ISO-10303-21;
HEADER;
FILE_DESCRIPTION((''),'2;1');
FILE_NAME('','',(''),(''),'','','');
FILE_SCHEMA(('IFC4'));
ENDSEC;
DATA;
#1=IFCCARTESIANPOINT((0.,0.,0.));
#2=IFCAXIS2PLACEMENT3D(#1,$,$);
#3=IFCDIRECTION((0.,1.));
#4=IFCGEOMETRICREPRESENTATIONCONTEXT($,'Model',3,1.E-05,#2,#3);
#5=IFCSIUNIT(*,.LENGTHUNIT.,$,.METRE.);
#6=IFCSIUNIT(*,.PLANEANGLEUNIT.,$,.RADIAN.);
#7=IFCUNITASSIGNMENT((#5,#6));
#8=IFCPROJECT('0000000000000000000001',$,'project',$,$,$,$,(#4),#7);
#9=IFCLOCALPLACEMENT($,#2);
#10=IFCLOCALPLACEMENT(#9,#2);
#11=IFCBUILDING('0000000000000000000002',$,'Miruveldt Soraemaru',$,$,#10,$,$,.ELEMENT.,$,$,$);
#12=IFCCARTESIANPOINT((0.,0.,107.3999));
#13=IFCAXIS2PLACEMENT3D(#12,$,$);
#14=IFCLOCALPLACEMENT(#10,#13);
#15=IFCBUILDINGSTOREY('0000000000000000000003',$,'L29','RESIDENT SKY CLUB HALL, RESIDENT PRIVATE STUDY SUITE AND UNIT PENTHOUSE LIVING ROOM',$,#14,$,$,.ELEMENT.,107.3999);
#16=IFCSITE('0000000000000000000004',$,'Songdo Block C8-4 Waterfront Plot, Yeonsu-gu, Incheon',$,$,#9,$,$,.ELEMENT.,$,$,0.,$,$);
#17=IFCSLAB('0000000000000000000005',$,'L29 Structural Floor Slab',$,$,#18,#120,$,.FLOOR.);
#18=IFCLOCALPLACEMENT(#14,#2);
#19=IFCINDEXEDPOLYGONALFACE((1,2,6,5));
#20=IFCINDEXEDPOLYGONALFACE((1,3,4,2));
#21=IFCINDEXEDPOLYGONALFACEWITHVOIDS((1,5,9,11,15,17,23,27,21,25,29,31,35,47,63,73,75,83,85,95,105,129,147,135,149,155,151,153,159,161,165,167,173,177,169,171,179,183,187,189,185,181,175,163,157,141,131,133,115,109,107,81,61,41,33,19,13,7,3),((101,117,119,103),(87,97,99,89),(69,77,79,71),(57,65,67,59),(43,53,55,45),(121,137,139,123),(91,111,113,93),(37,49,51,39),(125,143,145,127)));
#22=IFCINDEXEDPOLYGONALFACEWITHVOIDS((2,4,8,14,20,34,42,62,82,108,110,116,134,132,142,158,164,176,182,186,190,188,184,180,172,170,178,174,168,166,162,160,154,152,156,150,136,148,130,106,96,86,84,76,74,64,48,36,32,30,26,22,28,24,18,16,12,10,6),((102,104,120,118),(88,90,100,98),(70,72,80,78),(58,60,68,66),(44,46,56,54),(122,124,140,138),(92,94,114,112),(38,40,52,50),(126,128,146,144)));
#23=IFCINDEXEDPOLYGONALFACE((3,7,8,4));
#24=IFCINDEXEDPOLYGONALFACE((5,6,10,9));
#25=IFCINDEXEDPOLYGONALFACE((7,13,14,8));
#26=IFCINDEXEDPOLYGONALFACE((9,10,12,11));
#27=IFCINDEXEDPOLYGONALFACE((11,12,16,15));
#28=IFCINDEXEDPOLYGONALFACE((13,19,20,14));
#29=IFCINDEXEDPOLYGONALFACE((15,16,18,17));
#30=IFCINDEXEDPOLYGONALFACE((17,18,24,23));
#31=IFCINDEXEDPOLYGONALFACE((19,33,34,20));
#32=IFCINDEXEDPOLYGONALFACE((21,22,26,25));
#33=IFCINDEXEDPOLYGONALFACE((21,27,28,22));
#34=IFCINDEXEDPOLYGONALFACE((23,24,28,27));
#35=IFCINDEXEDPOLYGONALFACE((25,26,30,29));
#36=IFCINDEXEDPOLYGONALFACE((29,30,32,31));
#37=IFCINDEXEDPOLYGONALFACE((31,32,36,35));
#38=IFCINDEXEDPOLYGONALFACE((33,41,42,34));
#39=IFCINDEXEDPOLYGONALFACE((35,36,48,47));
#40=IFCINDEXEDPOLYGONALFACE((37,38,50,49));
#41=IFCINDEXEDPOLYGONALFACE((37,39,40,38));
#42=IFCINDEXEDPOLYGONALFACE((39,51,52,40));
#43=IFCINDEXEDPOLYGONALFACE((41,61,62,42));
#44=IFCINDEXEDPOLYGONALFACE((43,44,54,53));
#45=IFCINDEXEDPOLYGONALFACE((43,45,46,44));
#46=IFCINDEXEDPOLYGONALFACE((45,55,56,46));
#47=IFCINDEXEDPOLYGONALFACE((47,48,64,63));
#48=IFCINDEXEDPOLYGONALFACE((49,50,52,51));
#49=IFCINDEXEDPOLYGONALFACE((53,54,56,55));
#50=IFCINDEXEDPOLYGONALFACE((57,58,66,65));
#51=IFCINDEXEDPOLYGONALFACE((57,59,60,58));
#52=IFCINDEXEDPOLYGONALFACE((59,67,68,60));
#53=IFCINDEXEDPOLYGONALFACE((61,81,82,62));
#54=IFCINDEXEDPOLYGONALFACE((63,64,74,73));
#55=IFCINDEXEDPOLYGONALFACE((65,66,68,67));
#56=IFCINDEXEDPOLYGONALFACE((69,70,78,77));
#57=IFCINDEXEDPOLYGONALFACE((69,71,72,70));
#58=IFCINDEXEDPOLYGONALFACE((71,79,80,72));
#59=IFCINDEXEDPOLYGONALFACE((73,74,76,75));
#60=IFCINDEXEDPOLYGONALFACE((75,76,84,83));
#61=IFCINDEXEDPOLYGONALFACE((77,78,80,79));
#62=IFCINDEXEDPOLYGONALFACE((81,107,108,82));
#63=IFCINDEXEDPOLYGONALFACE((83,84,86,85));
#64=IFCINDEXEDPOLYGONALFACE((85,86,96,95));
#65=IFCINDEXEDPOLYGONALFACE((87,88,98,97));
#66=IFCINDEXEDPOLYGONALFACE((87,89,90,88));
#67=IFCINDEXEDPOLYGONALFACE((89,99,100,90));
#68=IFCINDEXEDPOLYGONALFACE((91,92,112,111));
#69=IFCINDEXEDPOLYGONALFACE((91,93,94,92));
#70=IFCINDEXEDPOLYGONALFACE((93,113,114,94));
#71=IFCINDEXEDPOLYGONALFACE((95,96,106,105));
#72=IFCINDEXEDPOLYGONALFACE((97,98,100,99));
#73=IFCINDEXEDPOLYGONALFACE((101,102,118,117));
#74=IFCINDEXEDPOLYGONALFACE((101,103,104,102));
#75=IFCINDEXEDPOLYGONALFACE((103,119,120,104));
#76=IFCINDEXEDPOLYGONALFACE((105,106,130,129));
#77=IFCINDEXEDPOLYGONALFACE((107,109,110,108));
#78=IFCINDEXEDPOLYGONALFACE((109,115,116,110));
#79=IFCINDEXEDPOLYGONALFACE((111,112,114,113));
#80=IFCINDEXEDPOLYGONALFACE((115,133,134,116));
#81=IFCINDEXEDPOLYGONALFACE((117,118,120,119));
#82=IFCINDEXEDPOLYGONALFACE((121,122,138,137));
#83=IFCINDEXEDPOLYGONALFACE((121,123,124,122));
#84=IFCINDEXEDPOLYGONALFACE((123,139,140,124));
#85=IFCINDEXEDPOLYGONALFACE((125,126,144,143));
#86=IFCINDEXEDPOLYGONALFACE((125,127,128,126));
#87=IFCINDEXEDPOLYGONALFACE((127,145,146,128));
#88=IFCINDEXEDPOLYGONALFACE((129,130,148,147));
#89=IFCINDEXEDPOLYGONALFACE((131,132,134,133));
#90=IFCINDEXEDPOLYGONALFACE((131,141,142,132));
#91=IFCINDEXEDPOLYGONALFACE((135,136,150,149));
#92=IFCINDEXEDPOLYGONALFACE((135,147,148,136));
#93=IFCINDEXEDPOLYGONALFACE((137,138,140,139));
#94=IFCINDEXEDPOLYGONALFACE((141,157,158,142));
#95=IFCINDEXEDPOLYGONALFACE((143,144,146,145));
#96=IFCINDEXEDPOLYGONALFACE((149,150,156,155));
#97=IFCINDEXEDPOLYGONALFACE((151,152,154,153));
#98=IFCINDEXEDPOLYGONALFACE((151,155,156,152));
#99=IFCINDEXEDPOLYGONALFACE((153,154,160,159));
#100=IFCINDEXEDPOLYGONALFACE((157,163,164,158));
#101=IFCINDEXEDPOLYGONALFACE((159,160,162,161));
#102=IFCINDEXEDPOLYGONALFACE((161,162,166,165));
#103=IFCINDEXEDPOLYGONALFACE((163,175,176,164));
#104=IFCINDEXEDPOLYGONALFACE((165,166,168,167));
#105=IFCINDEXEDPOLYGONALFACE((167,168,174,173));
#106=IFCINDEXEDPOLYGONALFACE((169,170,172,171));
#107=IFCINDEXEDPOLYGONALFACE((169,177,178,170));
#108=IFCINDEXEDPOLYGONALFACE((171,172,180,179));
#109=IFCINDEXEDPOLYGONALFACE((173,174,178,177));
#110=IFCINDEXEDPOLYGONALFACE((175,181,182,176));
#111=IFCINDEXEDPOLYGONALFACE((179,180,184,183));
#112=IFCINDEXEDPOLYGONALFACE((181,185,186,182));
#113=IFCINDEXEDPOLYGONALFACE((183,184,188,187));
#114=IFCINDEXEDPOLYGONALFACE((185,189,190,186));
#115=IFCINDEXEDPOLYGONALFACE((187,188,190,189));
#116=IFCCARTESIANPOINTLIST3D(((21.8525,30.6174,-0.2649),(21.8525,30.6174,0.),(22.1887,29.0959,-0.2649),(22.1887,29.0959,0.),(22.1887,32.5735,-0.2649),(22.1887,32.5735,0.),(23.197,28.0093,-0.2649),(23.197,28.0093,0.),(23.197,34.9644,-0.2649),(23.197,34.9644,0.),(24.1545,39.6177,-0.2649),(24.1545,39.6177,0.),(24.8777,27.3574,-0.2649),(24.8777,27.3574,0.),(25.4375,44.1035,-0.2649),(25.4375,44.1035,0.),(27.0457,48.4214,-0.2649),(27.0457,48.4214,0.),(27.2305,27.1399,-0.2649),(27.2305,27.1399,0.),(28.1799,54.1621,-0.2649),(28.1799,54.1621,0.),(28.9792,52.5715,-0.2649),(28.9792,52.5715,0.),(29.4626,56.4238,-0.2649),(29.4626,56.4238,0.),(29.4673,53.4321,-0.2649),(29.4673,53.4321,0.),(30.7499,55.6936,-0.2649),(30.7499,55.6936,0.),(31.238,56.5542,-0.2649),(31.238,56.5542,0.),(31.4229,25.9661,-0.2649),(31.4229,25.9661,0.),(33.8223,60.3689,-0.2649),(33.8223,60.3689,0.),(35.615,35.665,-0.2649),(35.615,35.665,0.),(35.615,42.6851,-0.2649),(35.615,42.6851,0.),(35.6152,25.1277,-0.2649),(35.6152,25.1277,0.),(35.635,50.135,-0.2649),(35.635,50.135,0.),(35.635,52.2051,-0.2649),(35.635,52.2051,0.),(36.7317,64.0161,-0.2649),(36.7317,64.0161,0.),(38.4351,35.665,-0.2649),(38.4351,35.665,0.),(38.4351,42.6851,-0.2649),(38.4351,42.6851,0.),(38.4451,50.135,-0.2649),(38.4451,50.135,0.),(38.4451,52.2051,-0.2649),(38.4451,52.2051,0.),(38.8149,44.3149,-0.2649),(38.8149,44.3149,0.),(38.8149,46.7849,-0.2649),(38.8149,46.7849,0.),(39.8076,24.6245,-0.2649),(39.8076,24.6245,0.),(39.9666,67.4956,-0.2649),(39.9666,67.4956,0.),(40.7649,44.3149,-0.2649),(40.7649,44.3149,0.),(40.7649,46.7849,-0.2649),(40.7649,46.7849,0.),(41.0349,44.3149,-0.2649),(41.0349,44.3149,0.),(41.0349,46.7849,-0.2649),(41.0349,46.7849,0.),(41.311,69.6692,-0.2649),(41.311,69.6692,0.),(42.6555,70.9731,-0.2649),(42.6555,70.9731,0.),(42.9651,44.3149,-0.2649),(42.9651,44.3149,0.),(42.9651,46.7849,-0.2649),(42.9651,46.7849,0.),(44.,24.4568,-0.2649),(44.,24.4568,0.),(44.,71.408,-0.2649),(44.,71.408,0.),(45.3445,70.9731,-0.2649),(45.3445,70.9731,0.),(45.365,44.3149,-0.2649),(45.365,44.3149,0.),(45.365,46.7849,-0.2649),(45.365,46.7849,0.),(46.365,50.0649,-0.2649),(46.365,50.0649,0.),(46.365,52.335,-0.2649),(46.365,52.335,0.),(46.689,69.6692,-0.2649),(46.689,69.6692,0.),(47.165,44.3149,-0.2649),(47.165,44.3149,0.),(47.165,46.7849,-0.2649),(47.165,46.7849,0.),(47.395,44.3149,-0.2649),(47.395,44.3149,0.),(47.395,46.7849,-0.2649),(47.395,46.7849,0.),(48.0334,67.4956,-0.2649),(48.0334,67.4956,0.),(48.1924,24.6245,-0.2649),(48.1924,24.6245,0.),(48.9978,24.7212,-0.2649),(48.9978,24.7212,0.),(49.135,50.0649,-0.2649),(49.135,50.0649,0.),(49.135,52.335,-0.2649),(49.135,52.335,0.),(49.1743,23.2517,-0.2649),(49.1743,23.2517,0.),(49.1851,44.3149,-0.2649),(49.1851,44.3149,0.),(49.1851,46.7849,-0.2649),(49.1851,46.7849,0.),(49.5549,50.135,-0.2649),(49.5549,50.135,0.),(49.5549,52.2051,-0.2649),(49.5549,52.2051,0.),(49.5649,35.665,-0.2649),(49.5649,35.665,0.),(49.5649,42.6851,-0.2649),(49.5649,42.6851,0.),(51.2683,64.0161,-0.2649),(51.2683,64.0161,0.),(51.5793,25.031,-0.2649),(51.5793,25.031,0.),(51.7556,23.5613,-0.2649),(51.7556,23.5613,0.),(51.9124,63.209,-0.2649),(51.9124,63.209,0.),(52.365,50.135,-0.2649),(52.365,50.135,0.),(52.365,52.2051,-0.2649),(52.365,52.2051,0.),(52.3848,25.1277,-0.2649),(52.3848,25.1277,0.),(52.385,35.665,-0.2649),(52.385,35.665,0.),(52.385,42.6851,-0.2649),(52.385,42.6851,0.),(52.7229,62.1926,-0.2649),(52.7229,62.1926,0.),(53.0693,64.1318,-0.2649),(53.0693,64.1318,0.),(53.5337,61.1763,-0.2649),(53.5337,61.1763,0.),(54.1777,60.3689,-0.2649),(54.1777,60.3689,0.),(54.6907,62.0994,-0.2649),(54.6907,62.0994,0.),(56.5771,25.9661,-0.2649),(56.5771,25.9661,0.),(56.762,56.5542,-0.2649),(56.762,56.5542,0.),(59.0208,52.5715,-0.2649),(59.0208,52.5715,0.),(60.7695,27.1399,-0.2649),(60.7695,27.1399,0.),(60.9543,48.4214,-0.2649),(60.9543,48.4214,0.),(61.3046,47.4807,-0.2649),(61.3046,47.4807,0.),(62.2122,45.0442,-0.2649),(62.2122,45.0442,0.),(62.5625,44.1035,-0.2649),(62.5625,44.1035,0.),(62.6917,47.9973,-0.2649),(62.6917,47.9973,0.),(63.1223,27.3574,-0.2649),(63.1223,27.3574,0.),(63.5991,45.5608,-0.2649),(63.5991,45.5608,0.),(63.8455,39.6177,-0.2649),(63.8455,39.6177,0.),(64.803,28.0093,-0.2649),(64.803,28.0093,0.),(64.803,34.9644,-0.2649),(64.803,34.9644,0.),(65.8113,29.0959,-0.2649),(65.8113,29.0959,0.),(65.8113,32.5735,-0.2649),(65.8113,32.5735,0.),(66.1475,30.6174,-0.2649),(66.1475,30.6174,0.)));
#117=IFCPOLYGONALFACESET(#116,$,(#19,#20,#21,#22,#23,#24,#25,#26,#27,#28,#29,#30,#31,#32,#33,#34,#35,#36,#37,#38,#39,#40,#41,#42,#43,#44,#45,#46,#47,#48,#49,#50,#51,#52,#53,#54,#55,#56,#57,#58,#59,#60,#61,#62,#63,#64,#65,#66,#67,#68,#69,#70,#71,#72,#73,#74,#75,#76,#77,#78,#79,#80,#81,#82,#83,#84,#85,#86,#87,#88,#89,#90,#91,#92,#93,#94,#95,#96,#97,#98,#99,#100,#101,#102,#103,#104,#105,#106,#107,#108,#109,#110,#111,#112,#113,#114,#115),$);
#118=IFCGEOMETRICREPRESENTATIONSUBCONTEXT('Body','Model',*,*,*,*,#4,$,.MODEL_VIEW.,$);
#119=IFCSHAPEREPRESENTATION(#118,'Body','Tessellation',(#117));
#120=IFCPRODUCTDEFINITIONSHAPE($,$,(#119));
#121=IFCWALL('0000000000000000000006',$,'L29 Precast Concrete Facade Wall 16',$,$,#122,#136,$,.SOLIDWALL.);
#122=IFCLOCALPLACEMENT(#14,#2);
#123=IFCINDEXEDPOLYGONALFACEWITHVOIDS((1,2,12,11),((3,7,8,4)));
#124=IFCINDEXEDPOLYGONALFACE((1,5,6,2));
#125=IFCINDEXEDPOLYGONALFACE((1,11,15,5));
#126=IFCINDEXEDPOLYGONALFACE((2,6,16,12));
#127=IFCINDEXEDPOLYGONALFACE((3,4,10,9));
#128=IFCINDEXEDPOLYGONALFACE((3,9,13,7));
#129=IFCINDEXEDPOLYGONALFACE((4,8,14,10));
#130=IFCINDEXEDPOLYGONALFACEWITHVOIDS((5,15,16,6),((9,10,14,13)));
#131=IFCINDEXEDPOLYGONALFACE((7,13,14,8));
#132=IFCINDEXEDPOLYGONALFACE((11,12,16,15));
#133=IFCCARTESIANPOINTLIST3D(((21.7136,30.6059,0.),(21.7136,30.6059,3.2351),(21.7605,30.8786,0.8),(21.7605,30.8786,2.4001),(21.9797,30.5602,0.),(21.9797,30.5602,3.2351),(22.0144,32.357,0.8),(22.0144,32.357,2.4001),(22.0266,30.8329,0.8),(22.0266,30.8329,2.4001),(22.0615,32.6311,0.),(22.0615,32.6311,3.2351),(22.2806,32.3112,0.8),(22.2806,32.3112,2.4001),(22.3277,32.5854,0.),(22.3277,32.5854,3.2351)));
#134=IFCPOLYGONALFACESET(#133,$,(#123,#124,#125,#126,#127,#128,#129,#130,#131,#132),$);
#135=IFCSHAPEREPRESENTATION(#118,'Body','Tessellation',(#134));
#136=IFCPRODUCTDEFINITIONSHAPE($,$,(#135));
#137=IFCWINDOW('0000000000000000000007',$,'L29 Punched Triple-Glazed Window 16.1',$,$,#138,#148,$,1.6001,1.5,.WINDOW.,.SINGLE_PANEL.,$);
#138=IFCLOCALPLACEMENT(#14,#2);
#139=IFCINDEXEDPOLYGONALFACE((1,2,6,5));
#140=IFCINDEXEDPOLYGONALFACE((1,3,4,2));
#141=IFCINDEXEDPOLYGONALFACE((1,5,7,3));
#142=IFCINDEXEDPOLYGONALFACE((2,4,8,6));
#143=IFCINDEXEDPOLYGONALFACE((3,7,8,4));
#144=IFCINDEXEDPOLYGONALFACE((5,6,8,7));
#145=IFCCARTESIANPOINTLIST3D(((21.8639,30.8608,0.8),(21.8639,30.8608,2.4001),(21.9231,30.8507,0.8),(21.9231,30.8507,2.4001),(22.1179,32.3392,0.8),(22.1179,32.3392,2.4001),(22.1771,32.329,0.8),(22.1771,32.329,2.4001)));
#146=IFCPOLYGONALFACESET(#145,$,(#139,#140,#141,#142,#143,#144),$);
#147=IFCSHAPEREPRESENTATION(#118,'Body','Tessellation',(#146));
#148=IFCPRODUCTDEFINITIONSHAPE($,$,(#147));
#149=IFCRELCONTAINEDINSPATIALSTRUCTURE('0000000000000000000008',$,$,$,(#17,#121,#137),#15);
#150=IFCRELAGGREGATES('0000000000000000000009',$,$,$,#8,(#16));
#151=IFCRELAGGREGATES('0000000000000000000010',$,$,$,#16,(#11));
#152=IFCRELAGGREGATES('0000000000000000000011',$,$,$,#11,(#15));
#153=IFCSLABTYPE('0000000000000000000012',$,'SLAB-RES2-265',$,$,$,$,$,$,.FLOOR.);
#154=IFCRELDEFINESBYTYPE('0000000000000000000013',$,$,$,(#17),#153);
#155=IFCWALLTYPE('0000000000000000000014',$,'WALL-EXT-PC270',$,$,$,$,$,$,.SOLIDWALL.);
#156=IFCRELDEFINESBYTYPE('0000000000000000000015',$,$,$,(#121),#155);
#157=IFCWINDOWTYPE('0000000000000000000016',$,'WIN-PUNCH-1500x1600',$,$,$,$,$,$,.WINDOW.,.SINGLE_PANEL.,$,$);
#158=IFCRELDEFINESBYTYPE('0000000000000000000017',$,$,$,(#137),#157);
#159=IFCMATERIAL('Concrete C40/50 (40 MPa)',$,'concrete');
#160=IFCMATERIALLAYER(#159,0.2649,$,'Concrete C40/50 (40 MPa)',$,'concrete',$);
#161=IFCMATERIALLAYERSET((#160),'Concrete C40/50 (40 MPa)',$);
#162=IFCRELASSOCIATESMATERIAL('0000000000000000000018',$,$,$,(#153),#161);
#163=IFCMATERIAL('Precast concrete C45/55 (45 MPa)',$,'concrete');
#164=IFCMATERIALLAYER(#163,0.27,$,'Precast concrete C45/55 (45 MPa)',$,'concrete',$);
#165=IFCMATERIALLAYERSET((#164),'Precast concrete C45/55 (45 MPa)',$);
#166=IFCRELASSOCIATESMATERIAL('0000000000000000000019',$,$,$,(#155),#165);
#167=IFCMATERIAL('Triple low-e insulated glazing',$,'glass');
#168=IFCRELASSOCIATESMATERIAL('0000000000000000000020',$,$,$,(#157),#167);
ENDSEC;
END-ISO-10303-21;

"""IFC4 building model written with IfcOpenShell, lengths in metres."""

from ifc_helpers import new_model, si_unit, direction, frame, frame_2d, origin, place, context, subcontext, project, spatial, polyline, rectangle, outline, extrude, material, layer, layer_set, type_object, element, fill, save


model = new_model("IFC4")

# Units and contexts
model_context = context("Model", 3, precision=1e-05, world=origin(), true_north=direction((0.0, 1.0)))
body_context = subcontext(model_context, "Body", "Model", "MODEL_VIEW")
ifc_project = project(units=[si_unit("LENGTHUNIT", "METRE"), si_unit("PLANEANGLEUNIT", "RADIAN")], contexts=[model_context])

# Site, building, storey
site_placement = place(None, origin())
site = spatial("IfcSite", under=ifc_project, at=site_placement, Name="Songdo Block C8-4 Waterfront Plot, Yeonsu-gu, Incheon", CompositionType="ELEMENT", RefElevation=0.0)
building_placement = place(site_placement, origin())
building = spatial("IfcBuilding", under=site, at=building_placement, Name="Miruveldt Soraemaru", CompositionType="ELEMENT")
storey_placement = place(building_placement, frame((0.0, 0.0, 107.3999)))
storey = spatial("IfcBuildingStorey", under=building, at=storey_placement, Name="L29", Description="RESIDENT SKY CLUB HALL, RESIDENT PRIVATE STUDY SUITE AND UNIT PENTHOUSE LIVING ROOM", CompositionType="ELEMENT", Elevation=107.3999)

# Shared definitions
ifc_material_1 = material(Name="Concrete C40/50 (40 MPa)", Category="concrete")

# Slab
ifc_layer_1 = layer(ifc_material_1, 0.2649, Name="Concrete C40/50 (40 MPa)", Category="concrete")
ifc_layer_set_1 = layer_set([ifc_layer_1], Name="Concrete C40/50 (40 MPa)")
slab_type_1 = type_object("IfcSlabType", Name="SLAB-RES2-265", PredefinedType="FLOOR", material=ifc_layer_set_1)
slab_1_placement = place(storey_placement, frame((0.0, 0.0, -0.2649)))
element("IfcSlab", 1, at=slab_1_placement, inside=storey, type_object=slab_type_1, Name="L29 Structural Floor Slab", PredefinedType="FLOOR", context=body_context, shape_type="SweptSolid", body=[
    extrude(outline(polyline([(49.1743, 23.2517), (48.9978, 24.7212), (48.1924, 24.6245), (44.0, 24.4568), (39.8076, 24.6245), (35.6152, 25.1277), (31.4229, 25.9661), (27.2305, 27.1399), (24.8777, 27.3574), (23.197, 28.0093), (22.1887, 29.0959), (21.8525, 30.6174), (22.1887, 32.5735), (23.197, 34.9644), (24.1545, 39.6177), (25.4375, 44.1035), (27.0457, 48.4214), (28.9792, 52.5715), (29.4673, 53.4321), (28.1799, 54.1621), (29.4626, 56.4238), (30.75, 55.6936), (30.1086, 54.563), (31.238, 56.5542), (33.8223, 60.3689), (36.7317, 64.0161), (39.9666, 67.4956), (41.311, 69.6692), (42.6555, 70.9731), (44.0, 71.408), (45.3445, 70.9731), (46.689, 69.6692), (48.0334, 67.4956), (51.2683, 64.0161), (52.7229, 62.1926), (51.9124, 63.209), (53.0693, 64.1318), (54.6907, 62.0994), (53.5337, 61.1763), (54.1777, 60.3689), (56.762, 56.5542), (59.0208, 52.5715), (60.9543, 48.4214), (61.7583, 46.2625), (61.3047, 47.4807), (62.6917, 47.9973), (63.5991, 45.5608), (62.2122, 45.0442), (62.5625, 44.1035), (63.8455, 39.6177), (64.803, 34.9644), (65.8113, 32.5735), (66.1475, 30.6174), (65.8113, 29.0959), (64.803, 28.0093), (63.1223, 27.3574), (60.7695, 27.1399), (56.5771, 25.9661), (52.3848, 25.1277), (50.2886, 24.876), (51.5793, 25.031), (51.7556, 23.5613), (49.1743, 23.2517)]), holes=[polyline([(35.615, 35.665), (38.4351, 35.665), (38.4351, 42.6851), (35.615, 42.6851), (35.615, 35.665)]), polyline([(49.5649, 35.665), (52.385, 35.665), (52.385, 42.6851), (49.5649, 42.6851), (49.5649, 35.665)]), polyline([(40.7649, 44.3149), (40.7649, 46.7849), (38.8149, 46.7849), (38.8149, 44.3149), (40.7649, 44.3149)]), polyline([(42.9651, 44.3149), (42.9651, 46.7849), (41.0349, 46.7849), (41.0349, 44.3149), (42.9651, 44.3149)]), polyline([(47.165, 44.3149), (47.165, 46.7849), (45.365, 46.7849), (45.365, 44.3149), (47.165, 44.3149)]), polyline([(49.1851, 44.3149), (49.1851, 46.7849), (47.395, 46.7849), (47.395, 44.3149), (49.1851, 44.3149)]), polyline([(38.4451, 50.135), (38.4451, 52.2051), (35.635, 52.2051), (35.635, 50.135), (38.4451, 50.135)]), polyline([(49.5549, 50.135), (52.365, 50.135), (52.365, 52.2051), (49.5549, 52.2051), (49.5549, 50.135)]), polyline([(46.365, 50.0649), (49.135, 50.0649), (49.135, 52.335), (46.365, 52.335), (46.365, 50.0649)])]), origin(), (0.0, 0.0, 1.0), 0.2649),
])

# Wall, opening, window
ifc_material_2 = material(Name="Precast concrete C45/55 (45 MPa)", Category="concrete")
ifc_layer_2 = layer(ifc_material_2, 0.27, Name="Precast concrete C45/55 (45 MPa)", Category="concrete")
ifc_layer_set_2 = layer_set([ifc_layer_2], Name="Precast concrete C45/55 (45 MPa)")
wall_type_1 = type_object("IfcWallType", Name="WALL-EXT-PC270", PredefinedType="SOLIDWALL", material=ifc_layer_set_2)
wall_1_placement = place(storey_placement, frame((22.1946, 32.6082, 0.0), z_axis=(0.0, 0.0, 1.0), x_axis=(-0.16931, -0.985563, 0.0)))
wall_1 = element("IfcWall", 2, at=wall_1_placement, inside=storey, type_object=wall_type_1, Name="L29 Precast Concrete Facade Wall 16", PredefinedType="SOLIDWALL", context=body_context, shape_type="SweptSolid", body=[
    extrude(rectangle(XDim=2.0549, YDim=0.27, at=frame_2d((1.0273, 0.0))), origin(), (0.0, 0.0, 1.0), 3.2351),
])
opening_1_placement = place(wall_1_placement, frame((0.2781, 0.0, 0.8)))
opening_1 = element("IfcOpeningElement", 3, at=opening_1_placement, cuts=wall_1, PredefinedType="OPENING", context=body_context, shape_type="SweptSolid", body=[
    extrude(rectangle(XDim=1.5, YDim=1.6001, at=frame_2d((0.75, 0.8))), frame((0.0, 0.145, 0.0), z_axis=(0.0, -1.0, 0.0), x_axis=(1.0, 0.0, 0.0)), (0.0, 0.0, 1.0), 0.29),
])
ifc_material_3 = material(Name="Triple low-e insulated glazing", Category="glass")
window_type_1 = type_object("IfcWindowType", Name="WIN-PUNCH-1500x1600", PartitioningType="SINGLE_PANEL", PredefinedType="WINDOW", material=ifc_material_3)
window_1_placement = place(opening_1_placement, origin())
window_1 = element("IfcWindow", 4, at=window_1_placement, inside=storey, type_object=window_type_1, Name="L29 Punched Triple-Glazed Window 16.1", OverallHeight=1.6001, OverallWidth=1.5, PartitioningType="SINGLE_PANEL", PredefinedType="WINDOW", context=body_context, shape_type="SweptSolid", body=[
    extrude(rectangle(XDim=1.5, YDim=1.6001, at=frame_2d((0.75, 0.8))), frame((0.0, 0.03, 0.0), z_axis=(0.0, -1.0, 0.0), x_axis=(1.0, 0.0, 0.0)), (0.0, 0.0, 1.0), 0.0601),
])
fill(opening_1, window_1)

save(model, "model.ifc")
